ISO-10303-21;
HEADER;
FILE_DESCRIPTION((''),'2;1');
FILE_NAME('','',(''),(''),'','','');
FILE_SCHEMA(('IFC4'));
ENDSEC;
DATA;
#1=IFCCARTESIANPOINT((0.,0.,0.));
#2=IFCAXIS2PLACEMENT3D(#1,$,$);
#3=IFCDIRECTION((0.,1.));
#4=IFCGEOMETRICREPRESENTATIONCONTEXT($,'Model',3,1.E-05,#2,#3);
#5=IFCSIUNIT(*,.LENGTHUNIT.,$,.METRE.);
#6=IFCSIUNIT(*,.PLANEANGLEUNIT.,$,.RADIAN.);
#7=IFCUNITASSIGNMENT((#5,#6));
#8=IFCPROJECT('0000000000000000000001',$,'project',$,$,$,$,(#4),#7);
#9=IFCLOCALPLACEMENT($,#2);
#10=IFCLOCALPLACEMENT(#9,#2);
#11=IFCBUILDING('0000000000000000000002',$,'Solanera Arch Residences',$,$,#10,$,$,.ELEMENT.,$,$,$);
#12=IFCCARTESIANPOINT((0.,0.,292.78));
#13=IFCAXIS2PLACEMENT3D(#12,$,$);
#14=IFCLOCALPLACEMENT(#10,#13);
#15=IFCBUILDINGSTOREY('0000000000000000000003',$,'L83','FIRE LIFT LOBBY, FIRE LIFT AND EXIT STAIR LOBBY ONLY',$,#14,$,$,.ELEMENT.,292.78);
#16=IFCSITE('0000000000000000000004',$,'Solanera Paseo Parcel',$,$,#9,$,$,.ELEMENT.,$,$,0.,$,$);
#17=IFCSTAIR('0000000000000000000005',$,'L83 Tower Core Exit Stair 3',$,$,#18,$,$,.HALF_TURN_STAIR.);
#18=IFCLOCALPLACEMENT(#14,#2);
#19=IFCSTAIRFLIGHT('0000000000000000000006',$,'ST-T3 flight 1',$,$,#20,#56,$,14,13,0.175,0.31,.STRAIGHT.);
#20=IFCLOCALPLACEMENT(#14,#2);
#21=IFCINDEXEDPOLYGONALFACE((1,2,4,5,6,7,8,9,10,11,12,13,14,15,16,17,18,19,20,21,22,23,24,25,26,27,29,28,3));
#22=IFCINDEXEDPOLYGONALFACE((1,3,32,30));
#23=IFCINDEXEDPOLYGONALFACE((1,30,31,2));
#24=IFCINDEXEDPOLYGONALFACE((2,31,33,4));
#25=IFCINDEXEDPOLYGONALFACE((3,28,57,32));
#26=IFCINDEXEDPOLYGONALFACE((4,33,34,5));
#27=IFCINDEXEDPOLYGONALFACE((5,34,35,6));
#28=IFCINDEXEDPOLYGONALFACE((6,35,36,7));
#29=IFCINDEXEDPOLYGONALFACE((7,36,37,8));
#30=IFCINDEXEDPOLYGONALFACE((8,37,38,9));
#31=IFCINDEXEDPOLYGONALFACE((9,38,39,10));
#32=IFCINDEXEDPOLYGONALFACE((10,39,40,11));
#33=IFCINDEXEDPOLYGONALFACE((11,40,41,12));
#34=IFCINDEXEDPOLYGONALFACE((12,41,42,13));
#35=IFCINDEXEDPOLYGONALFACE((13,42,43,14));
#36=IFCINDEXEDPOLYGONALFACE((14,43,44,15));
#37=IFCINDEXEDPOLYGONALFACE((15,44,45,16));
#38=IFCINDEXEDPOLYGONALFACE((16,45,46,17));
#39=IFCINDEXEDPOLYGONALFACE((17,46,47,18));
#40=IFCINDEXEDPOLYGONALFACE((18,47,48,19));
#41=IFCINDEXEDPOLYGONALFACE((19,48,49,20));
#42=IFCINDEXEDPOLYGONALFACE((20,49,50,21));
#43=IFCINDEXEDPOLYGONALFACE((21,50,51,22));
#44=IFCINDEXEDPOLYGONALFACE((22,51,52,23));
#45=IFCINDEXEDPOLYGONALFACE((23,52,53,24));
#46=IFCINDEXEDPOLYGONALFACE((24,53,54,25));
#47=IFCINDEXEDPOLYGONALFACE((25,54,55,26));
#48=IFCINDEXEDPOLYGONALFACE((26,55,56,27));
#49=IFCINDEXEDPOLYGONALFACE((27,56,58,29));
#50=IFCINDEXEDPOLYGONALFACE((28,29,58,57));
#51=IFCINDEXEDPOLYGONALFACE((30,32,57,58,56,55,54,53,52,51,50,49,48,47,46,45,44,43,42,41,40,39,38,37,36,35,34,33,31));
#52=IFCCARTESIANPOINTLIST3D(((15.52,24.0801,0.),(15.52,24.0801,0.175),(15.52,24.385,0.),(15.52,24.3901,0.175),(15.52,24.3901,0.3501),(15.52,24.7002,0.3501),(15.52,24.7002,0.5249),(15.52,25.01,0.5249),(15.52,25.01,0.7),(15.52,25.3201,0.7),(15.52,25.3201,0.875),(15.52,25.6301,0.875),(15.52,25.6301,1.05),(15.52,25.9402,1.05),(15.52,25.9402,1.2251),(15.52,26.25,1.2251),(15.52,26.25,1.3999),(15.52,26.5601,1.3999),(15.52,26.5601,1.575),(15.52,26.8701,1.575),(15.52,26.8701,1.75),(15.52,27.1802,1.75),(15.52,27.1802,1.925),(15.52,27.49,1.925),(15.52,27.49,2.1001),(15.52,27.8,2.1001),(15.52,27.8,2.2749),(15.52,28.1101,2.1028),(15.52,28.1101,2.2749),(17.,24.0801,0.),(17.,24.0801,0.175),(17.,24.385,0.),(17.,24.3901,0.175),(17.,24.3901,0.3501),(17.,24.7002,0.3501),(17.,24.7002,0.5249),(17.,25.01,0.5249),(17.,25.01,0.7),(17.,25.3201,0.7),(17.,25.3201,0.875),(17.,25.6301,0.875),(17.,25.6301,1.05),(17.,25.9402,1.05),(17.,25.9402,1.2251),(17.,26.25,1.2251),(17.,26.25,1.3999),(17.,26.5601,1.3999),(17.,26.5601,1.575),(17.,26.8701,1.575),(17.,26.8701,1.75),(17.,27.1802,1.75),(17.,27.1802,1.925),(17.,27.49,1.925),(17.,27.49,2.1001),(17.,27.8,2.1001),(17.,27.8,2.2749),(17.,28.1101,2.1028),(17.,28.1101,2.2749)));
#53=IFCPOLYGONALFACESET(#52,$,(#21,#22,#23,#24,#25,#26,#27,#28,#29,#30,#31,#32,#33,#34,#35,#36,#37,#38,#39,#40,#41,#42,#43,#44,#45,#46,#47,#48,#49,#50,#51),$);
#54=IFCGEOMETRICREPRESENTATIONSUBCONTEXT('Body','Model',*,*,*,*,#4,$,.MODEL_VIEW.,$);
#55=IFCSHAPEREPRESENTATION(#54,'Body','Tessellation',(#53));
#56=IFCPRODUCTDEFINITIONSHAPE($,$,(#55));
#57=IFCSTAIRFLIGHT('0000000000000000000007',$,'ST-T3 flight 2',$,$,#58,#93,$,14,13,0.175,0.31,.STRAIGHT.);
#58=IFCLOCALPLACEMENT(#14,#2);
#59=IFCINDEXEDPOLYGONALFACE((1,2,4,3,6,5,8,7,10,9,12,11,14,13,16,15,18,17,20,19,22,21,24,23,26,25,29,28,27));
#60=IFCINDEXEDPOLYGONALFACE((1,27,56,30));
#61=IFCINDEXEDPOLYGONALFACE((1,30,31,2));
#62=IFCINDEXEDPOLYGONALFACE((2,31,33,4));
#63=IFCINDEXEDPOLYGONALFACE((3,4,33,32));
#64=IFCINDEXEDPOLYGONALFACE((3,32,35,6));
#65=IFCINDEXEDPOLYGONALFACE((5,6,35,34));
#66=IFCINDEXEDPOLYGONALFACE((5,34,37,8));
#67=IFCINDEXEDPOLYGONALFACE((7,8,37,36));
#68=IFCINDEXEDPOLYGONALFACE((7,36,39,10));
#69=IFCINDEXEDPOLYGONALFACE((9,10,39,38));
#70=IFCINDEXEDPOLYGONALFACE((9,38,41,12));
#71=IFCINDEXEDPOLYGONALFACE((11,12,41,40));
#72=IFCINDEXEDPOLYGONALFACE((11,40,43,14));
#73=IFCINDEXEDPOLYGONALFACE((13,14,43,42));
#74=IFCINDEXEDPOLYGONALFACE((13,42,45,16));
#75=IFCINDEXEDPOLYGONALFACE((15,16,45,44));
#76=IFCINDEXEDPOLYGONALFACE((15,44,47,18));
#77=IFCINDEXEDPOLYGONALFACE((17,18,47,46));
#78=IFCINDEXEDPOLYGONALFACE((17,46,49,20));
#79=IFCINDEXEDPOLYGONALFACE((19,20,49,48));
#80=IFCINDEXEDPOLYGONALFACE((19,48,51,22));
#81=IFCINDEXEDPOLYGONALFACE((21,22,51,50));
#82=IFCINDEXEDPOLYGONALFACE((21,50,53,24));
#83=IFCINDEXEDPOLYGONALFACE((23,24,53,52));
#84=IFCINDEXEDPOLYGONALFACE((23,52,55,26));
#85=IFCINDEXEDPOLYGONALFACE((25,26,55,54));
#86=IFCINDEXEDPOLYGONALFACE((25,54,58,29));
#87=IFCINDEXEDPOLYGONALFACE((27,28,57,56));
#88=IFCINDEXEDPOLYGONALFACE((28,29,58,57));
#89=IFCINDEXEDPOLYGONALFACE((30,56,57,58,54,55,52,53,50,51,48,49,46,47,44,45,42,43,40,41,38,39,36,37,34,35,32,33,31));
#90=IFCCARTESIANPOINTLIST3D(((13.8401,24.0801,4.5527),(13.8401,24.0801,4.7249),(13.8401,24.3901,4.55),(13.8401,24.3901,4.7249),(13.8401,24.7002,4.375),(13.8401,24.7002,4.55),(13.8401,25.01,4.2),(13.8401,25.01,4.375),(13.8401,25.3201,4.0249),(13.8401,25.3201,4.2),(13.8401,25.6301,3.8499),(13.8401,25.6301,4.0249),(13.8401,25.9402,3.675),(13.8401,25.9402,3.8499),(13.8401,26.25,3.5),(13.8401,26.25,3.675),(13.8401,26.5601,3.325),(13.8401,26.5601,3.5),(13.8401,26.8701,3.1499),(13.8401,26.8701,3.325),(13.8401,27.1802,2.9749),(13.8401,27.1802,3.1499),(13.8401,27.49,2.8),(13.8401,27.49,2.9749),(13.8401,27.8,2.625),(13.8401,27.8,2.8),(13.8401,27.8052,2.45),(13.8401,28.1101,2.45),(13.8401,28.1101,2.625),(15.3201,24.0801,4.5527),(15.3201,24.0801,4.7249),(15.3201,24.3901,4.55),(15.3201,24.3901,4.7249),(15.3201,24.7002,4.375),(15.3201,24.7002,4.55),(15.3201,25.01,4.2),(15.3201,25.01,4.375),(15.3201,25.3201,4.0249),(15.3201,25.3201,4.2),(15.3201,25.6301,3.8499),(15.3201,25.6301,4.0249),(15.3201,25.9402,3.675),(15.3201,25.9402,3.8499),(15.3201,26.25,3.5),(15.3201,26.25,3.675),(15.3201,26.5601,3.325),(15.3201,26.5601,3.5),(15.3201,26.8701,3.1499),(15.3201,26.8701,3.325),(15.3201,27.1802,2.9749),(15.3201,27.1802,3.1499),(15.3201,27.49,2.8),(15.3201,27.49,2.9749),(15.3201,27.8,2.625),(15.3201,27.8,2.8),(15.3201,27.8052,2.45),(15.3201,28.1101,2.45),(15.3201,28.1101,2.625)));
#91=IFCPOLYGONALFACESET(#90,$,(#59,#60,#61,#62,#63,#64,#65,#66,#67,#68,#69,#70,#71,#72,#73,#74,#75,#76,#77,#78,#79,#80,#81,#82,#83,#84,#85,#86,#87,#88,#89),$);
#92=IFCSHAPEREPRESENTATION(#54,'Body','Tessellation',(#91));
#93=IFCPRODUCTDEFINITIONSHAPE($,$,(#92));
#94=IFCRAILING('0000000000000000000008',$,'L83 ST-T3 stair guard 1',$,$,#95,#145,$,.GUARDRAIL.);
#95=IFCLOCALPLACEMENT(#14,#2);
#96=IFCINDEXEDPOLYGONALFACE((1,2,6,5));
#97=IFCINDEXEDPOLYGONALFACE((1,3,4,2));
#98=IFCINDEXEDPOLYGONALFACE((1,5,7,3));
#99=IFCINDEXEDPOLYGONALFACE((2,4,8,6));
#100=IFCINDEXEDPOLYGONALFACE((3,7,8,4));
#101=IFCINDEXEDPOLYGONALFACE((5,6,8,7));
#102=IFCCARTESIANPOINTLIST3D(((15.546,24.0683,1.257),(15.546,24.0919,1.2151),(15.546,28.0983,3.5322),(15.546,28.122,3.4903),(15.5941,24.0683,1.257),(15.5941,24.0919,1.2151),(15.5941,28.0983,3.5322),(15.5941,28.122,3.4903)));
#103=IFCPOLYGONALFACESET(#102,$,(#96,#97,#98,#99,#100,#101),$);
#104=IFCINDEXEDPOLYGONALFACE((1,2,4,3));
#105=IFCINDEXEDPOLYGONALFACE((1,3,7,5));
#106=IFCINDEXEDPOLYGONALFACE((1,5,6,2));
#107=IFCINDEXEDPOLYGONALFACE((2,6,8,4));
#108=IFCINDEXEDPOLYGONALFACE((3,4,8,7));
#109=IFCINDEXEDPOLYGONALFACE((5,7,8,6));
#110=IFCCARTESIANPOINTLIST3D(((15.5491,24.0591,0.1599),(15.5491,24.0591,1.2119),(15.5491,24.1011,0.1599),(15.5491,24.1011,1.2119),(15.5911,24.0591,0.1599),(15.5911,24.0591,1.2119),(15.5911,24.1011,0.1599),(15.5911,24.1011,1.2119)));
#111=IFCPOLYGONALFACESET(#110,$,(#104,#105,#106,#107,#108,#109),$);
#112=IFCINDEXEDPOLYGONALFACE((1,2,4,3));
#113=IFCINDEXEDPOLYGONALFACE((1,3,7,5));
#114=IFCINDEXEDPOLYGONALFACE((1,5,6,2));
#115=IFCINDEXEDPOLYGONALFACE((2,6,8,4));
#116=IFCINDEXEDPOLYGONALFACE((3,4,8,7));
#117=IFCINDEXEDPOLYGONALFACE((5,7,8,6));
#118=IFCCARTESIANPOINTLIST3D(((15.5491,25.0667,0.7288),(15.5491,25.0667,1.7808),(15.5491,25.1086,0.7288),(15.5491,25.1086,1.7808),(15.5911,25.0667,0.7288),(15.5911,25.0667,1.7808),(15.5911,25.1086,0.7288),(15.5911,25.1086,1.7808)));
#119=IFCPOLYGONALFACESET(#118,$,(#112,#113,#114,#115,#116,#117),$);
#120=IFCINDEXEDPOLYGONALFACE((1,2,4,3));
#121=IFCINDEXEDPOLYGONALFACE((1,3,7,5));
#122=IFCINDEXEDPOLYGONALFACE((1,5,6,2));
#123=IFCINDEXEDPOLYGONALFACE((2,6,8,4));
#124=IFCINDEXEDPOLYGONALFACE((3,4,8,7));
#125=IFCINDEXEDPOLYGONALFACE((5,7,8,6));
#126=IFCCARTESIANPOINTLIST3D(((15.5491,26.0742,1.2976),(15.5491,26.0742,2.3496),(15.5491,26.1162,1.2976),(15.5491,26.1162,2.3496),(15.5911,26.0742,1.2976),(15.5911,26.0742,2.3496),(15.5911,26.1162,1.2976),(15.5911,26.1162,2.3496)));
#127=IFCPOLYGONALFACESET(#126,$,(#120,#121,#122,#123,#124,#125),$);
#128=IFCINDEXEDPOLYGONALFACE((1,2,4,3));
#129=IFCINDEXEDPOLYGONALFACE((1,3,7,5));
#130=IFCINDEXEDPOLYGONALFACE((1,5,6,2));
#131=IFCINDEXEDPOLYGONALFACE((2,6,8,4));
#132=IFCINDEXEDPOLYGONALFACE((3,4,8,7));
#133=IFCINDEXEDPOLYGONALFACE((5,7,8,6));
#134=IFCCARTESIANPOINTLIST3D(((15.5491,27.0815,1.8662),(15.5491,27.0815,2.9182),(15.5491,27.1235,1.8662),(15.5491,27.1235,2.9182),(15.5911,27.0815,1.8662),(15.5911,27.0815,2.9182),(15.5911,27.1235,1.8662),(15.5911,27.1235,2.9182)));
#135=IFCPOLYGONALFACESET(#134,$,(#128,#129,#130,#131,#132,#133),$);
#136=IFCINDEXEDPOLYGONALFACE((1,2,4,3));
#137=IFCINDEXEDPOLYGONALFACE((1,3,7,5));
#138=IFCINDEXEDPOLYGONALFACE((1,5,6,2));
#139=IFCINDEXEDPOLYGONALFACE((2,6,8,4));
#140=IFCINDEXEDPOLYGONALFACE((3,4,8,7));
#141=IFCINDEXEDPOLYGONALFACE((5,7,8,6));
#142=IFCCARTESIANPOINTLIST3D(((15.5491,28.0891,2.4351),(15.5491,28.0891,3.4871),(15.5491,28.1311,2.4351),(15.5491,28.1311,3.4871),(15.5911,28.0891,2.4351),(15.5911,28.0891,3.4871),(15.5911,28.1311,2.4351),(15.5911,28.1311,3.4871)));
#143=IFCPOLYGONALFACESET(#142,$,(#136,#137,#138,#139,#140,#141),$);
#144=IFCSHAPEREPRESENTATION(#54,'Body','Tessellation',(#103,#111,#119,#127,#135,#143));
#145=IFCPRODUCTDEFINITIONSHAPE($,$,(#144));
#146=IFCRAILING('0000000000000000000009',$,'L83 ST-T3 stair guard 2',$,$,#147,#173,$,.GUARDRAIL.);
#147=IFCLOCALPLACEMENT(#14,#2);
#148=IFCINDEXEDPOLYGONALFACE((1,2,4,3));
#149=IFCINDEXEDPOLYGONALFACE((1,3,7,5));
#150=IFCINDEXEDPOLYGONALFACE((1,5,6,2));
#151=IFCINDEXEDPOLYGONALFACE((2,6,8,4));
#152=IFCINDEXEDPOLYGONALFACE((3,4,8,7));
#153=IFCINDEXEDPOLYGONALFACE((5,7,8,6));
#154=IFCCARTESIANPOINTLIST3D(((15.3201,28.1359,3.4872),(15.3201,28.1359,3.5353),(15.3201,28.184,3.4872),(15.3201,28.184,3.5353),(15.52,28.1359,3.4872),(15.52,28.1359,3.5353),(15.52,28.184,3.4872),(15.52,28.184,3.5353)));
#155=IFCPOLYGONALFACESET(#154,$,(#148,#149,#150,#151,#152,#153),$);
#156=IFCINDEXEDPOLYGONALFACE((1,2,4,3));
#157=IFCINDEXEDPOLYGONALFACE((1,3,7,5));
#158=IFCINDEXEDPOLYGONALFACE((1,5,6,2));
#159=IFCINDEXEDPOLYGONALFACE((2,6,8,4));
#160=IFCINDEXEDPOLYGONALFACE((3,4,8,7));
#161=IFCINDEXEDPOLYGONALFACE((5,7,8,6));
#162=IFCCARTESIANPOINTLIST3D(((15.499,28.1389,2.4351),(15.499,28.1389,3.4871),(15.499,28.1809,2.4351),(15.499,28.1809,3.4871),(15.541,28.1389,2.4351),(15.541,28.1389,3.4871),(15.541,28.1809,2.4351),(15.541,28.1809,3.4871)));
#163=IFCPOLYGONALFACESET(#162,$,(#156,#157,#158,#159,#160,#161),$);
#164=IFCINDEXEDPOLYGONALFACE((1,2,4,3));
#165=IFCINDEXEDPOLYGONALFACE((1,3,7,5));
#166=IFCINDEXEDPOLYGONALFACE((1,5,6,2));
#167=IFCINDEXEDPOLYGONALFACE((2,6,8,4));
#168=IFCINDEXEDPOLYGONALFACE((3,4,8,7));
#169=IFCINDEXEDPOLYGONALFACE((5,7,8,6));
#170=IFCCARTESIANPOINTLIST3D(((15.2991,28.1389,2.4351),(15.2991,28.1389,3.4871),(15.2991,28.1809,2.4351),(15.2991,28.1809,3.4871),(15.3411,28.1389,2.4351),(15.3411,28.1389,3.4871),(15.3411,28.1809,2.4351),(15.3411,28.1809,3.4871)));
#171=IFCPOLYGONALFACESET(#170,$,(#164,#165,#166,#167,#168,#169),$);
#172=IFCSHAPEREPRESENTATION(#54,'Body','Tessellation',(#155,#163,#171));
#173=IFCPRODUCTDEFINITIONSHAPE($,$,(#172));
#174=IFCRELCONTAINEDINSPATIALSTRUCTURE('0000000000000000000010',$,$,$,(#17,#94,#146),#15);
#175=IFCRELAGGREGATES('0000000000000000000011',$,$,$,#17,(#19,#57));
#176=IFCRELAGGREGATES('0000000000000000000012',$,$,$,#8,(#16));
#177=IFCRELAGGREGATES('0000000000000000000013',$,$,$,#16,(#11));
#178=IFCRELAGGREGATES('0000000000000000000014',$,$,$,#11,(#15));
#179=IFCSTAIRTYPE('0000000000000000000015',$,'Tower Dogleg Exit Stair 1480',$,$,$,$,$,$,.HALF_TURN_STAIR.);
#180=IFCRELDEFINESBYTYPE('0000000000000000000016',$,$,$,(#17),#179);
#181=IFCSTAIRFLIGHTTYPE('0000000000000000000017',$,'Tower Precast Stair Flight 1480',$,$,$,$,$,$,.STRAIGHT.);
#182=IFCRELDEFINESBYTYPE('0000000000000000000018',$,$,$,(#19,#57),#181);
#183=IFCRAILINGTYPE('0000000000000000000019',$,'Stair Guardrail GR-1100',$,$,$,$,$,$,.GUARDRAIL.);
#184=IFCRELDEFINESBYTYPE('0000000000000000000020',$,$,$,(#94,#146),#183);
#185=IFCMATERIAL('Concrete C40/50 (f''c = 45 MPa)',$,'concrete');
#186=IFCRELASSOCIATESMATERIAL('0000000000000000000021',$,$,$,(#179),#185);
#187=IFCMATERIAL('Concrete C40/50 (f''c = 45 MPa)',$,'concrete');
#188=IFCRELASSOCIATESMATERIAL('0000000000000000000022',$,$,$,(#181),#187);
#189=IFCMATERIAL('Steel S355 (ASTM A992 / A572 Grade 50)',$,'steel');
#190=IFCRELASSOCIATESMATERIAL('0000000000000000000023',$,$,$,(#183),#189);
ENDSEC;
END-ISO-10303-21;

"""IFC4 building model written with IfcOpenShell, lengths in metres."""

from ifc_helpers import new_model, si_unit, direction, frame, origin, origin_2d, place, context, subcontext, project, spatial, polyline, rectangle, outline, extrude, material, type_object, element, aggregate, save


model = new_model("IFC4")

# Units and contexts
model_context = context("Model", 3, precision=1e-05, world=origin(), true_north=direction((0.0, 1.0)))
body_context = subcontext(model_context, "Body", "Model", "MODEL_VIEW")
ifc_project = project(units=[si_unit("LENGTHUNIT", "METRE"), si_unit("PLANEANGLEUNIT", "RADIAN")], contexts=[model_context])

# Site, building, storey
site_placement = place(None, origin())
site = spatial("IfcSite", under=ifc_project, at=site_placement, Name="Solanera Paseo Parcel", CompositionType="ELEMENT", RefElevation=0.0)
building_placement = place(site_placement, origin())
building = spatial("IfcBuilding", under=site, at=building_placement, Name="Solanera Arch Residences", CompositionType="ELEMENT")
storey_placement = place(building_placement, frame((0.0, 0.0, 292.78)))
storey = spatial("IfcBuildingStorey", under=building, at=storey_placement, Name="L83", Description="FIRE LIFT LOBBY, FIRE LIFT AND EXIT STAIR LOBBY ONLY", CompositionType="ELEMENT", Elevation=292.78)

# Stair
ifc_material_1 = material(Name="Concrete C40/50 (f'c = 45 MPa)", Category="concrete")
stair_type = type_object("IfcStairType", Name="Tower Dogleg Exit Stair 1480", PredefinedType="HALF_TURN_STAIR", material=ifc_material_1)
stair_1_placement = place(storey_placement, origin())
stair_1 = element("IfcStair", 1, at=stair_1_placement, inside=storey, type_object=stair_type, Name="L83 Tower Core Exit Stair 3", PredefinedType="HALF_TURN_STAIR")

# Stair flights
ifc_material_2 = material(Name="Concrete C40/50 (f'c = 45 MPa)", Category="concrete")
stair_flight_type = type_object("IfcStairFlightType", Name="Tower Precast Stair Flight 1480", PredefinedType="STRAIGHT", material=ifc_material_2)
stair_flight_1_placement = place(storey_placement, frame((16.26, 24.0801, 0.0), z_axis=(0.0, 0.0, 1.0), x_axis=(0.0, 1.0, 0.0)))
stair_flight_1 = element("IfcStairFlight", 2, at=stair_flight_1_placement, type_object=stair_flight_type, Name="ST-T3 flight 1", NumberOfRisers=14, NumberOfTreads=13, PredefinedType="STRAIGHT", RiserHeight=0.175, TreadLength=0.31, context=body_context, shape_type="SweptSolid", body=[
    extrude(outline(polyline([(0.0, 0.0), (0.0, 0.175), (0.3101, 0.175), (0.3101, 0.3501), (0.6201, 0.3501), (0.6201, 0.5249), (0.9299, 0.5249), (0.9299, 0.7), (1.24, 0.7), (1.24, 0.875), (1.55, 0.875), (1.55, 1.05), (1.8601, 1.05), (1.8601, 1.2251), (2.1699, 1.2251), (2.1699, 1.3999), (2.48, 1.3999), (2.48, 1.575), (2.79, 1.575), (2.79, 1.75), (3.1001, 1.75), (3.1001, 1.925), (3.4099, 1.925), (3.4099, 2.1001), (3.72, 2.1001), (3.72, 2.2749), (4.03, 2.2749), (4.03, 2.45), (4.03, 2.1028), (0.3049, 0.0), (0.0, 0.0)])), frame((0.0, 0.74, 0.0), z_axis=(0.0, -1.0, 0.0), x_axis=(1.0, 0.0, 0.0)), (0.0, 0.0, 1.0), 1.48),
])
stair_flight_2_placement = place(storey_placement, frame((14.5801, 28.1101, 2.45), z_axis=(0.0, 0.0, 1.0), x_axis=(0.0, -1.0, 0.0)))
stair_flight_2 = element("IfcStairFlight", 3, at=stair_flight_2_placement, type_object=stair_flight_type, Name="ST-T3 flight 2", NumberOfRisers=14, NumberOfTreads=13, PredefinedType="STRAIGHT", RiserHeight=0.175, TreadLength=0.31, context=body_context, shape_type="SweptSolid", body=[
    extrude(outline(polyline([(0.0, 0.0), (0.0, 0.175), (0.3101, 0.175), (0.3101, 0.3501), (0.6201, 0.3501), (0.6201, 0.5249), (0.9299, 0.5249), (0.9299, 0.7), (1.24, 0.7), (1.24, 0.875), (1.55, 0.875), (1.55, 1.05), (1.8601, 1.05), (1.8601, 1.2251), (2.1699, 1.2251), (2.1699, 1.3999), (2.48, 1.3999), (2.48, 1.575), (2.79, 1.575), (2.79, 1.75), (3.1001, 1.75), (3.1001, 1.925), (3.4099, 1.925), (3.4099, 2.1001), (3.72, 2.1001), (3.72, 2.2749), (4.03, 2.2749), (4.03, 2.45), (4.03, 2.1028), (0.3049, 0.0), (0.0, 0.0)])), frame((0.0, 0.74, 0.0), z_axis=(0.0, -1.0, 0.0), x_axis=(1.0, 0.0, 0.0)), (0.0, 0.0, 1.0), 1.48),
])
aggregate(stair_1, [stair_flight_1, stair_flight_2])

# Railings
ifc_material_3 = material(Name="Steel S355 (ASTM A992 / A572 Grade 50)", Category="steel")
railing_type_1 = type_object("IfcRailingType", Name="Stair Guardrail GR-1100", PredefinedType="GUARDRAIL", material=ifc_material_3)
railing_1_placement = place(storey_placement, frame((15.5701, 24.0801, 0.1599)))
element("IfcRailing", 4, at=railing_1_placement, inside=storey, type_object=railing_type_1, Name="L83 ST-T3 stair guard 1", PredefinedType="GUARDRAIL", context=body_context, shape_type="SweptSolid", body=[
    extrude(rectangle(XDim=0.0481, YDim=0.0481, at=origin_2d()), frame((0.0, 0.0, 1.0762), z_axis=(0.0, 0.870812, 0.491616), x_axis=(-1.0, 0.0, 0.0)), (0.0, 0.0, 1.0), 4.6279),
    extrude(rectangle(XDim=0.042, YDim=0.042, at=origin_2d()), origin(), (0.0, 0.0, 1.0), 1.052),
    extrude(rectangle(XDim=0.042, YDim=0.042, at=origin_2d()), frame((0.0, 1.0076, 0.5688)), (0.0, 0.0, 1.0), 1.052),
    extrude(rectangle(XDim=0.042, YDim=0.042, at=origin_2d()), frame((0.0, 2.0151, 1.1377)), (0.0, 0.0, 1.0), 1.052),
    extrude(rectangle(XDim=0.042, YDim=0.042, at=origin_2d()), frame((0.0, 3.0225, 1.7063)), (0.0, 0.0, 1.0), 1.052),
    extrude(rectangle(XDim=0.042, YDim=0.042, at=origin_2d()), frame((0.0, 4.03, 2.2751)), (0.0, 0.0, 1.0), 1.052),
])
railing_2_placement = place(storey_placement, frame((15.52, 28.1599, 2.4351)))
element("IfcRailing", 5, at=railing_2_placement, inside=storey, type_object=railing_type_1, Name="L83 ST-T3 stair guard 2", PredefinedType="GUARDRAIL", context=body_context, shape_type="SweptSolid", body=[
    extrude(rectangle(XDim=0.0481, YDim=0.0481, at=origin_2d()), frame((0.0, 0.0, 1.0762), z_axis=(-1.0, 0.0, 0.0), x_axis=(0.0, -1.0, 0.0)), (0.0, 0.0, 1.0), 0.2),
    extrude(rectangle(XDim=0.042, YDim=0.042, at=origin_2d()), origin(), (0.0, 0.0, 1.0), 1.052),
    extrude(rectangle(XDim=0.042, YDim=0.042, at=origin_2d()), frame((-0.2, 0.0, 0.0)), (0.0, 0.0, 1.0), 1.052),
])

save(model, "model.ifc")
